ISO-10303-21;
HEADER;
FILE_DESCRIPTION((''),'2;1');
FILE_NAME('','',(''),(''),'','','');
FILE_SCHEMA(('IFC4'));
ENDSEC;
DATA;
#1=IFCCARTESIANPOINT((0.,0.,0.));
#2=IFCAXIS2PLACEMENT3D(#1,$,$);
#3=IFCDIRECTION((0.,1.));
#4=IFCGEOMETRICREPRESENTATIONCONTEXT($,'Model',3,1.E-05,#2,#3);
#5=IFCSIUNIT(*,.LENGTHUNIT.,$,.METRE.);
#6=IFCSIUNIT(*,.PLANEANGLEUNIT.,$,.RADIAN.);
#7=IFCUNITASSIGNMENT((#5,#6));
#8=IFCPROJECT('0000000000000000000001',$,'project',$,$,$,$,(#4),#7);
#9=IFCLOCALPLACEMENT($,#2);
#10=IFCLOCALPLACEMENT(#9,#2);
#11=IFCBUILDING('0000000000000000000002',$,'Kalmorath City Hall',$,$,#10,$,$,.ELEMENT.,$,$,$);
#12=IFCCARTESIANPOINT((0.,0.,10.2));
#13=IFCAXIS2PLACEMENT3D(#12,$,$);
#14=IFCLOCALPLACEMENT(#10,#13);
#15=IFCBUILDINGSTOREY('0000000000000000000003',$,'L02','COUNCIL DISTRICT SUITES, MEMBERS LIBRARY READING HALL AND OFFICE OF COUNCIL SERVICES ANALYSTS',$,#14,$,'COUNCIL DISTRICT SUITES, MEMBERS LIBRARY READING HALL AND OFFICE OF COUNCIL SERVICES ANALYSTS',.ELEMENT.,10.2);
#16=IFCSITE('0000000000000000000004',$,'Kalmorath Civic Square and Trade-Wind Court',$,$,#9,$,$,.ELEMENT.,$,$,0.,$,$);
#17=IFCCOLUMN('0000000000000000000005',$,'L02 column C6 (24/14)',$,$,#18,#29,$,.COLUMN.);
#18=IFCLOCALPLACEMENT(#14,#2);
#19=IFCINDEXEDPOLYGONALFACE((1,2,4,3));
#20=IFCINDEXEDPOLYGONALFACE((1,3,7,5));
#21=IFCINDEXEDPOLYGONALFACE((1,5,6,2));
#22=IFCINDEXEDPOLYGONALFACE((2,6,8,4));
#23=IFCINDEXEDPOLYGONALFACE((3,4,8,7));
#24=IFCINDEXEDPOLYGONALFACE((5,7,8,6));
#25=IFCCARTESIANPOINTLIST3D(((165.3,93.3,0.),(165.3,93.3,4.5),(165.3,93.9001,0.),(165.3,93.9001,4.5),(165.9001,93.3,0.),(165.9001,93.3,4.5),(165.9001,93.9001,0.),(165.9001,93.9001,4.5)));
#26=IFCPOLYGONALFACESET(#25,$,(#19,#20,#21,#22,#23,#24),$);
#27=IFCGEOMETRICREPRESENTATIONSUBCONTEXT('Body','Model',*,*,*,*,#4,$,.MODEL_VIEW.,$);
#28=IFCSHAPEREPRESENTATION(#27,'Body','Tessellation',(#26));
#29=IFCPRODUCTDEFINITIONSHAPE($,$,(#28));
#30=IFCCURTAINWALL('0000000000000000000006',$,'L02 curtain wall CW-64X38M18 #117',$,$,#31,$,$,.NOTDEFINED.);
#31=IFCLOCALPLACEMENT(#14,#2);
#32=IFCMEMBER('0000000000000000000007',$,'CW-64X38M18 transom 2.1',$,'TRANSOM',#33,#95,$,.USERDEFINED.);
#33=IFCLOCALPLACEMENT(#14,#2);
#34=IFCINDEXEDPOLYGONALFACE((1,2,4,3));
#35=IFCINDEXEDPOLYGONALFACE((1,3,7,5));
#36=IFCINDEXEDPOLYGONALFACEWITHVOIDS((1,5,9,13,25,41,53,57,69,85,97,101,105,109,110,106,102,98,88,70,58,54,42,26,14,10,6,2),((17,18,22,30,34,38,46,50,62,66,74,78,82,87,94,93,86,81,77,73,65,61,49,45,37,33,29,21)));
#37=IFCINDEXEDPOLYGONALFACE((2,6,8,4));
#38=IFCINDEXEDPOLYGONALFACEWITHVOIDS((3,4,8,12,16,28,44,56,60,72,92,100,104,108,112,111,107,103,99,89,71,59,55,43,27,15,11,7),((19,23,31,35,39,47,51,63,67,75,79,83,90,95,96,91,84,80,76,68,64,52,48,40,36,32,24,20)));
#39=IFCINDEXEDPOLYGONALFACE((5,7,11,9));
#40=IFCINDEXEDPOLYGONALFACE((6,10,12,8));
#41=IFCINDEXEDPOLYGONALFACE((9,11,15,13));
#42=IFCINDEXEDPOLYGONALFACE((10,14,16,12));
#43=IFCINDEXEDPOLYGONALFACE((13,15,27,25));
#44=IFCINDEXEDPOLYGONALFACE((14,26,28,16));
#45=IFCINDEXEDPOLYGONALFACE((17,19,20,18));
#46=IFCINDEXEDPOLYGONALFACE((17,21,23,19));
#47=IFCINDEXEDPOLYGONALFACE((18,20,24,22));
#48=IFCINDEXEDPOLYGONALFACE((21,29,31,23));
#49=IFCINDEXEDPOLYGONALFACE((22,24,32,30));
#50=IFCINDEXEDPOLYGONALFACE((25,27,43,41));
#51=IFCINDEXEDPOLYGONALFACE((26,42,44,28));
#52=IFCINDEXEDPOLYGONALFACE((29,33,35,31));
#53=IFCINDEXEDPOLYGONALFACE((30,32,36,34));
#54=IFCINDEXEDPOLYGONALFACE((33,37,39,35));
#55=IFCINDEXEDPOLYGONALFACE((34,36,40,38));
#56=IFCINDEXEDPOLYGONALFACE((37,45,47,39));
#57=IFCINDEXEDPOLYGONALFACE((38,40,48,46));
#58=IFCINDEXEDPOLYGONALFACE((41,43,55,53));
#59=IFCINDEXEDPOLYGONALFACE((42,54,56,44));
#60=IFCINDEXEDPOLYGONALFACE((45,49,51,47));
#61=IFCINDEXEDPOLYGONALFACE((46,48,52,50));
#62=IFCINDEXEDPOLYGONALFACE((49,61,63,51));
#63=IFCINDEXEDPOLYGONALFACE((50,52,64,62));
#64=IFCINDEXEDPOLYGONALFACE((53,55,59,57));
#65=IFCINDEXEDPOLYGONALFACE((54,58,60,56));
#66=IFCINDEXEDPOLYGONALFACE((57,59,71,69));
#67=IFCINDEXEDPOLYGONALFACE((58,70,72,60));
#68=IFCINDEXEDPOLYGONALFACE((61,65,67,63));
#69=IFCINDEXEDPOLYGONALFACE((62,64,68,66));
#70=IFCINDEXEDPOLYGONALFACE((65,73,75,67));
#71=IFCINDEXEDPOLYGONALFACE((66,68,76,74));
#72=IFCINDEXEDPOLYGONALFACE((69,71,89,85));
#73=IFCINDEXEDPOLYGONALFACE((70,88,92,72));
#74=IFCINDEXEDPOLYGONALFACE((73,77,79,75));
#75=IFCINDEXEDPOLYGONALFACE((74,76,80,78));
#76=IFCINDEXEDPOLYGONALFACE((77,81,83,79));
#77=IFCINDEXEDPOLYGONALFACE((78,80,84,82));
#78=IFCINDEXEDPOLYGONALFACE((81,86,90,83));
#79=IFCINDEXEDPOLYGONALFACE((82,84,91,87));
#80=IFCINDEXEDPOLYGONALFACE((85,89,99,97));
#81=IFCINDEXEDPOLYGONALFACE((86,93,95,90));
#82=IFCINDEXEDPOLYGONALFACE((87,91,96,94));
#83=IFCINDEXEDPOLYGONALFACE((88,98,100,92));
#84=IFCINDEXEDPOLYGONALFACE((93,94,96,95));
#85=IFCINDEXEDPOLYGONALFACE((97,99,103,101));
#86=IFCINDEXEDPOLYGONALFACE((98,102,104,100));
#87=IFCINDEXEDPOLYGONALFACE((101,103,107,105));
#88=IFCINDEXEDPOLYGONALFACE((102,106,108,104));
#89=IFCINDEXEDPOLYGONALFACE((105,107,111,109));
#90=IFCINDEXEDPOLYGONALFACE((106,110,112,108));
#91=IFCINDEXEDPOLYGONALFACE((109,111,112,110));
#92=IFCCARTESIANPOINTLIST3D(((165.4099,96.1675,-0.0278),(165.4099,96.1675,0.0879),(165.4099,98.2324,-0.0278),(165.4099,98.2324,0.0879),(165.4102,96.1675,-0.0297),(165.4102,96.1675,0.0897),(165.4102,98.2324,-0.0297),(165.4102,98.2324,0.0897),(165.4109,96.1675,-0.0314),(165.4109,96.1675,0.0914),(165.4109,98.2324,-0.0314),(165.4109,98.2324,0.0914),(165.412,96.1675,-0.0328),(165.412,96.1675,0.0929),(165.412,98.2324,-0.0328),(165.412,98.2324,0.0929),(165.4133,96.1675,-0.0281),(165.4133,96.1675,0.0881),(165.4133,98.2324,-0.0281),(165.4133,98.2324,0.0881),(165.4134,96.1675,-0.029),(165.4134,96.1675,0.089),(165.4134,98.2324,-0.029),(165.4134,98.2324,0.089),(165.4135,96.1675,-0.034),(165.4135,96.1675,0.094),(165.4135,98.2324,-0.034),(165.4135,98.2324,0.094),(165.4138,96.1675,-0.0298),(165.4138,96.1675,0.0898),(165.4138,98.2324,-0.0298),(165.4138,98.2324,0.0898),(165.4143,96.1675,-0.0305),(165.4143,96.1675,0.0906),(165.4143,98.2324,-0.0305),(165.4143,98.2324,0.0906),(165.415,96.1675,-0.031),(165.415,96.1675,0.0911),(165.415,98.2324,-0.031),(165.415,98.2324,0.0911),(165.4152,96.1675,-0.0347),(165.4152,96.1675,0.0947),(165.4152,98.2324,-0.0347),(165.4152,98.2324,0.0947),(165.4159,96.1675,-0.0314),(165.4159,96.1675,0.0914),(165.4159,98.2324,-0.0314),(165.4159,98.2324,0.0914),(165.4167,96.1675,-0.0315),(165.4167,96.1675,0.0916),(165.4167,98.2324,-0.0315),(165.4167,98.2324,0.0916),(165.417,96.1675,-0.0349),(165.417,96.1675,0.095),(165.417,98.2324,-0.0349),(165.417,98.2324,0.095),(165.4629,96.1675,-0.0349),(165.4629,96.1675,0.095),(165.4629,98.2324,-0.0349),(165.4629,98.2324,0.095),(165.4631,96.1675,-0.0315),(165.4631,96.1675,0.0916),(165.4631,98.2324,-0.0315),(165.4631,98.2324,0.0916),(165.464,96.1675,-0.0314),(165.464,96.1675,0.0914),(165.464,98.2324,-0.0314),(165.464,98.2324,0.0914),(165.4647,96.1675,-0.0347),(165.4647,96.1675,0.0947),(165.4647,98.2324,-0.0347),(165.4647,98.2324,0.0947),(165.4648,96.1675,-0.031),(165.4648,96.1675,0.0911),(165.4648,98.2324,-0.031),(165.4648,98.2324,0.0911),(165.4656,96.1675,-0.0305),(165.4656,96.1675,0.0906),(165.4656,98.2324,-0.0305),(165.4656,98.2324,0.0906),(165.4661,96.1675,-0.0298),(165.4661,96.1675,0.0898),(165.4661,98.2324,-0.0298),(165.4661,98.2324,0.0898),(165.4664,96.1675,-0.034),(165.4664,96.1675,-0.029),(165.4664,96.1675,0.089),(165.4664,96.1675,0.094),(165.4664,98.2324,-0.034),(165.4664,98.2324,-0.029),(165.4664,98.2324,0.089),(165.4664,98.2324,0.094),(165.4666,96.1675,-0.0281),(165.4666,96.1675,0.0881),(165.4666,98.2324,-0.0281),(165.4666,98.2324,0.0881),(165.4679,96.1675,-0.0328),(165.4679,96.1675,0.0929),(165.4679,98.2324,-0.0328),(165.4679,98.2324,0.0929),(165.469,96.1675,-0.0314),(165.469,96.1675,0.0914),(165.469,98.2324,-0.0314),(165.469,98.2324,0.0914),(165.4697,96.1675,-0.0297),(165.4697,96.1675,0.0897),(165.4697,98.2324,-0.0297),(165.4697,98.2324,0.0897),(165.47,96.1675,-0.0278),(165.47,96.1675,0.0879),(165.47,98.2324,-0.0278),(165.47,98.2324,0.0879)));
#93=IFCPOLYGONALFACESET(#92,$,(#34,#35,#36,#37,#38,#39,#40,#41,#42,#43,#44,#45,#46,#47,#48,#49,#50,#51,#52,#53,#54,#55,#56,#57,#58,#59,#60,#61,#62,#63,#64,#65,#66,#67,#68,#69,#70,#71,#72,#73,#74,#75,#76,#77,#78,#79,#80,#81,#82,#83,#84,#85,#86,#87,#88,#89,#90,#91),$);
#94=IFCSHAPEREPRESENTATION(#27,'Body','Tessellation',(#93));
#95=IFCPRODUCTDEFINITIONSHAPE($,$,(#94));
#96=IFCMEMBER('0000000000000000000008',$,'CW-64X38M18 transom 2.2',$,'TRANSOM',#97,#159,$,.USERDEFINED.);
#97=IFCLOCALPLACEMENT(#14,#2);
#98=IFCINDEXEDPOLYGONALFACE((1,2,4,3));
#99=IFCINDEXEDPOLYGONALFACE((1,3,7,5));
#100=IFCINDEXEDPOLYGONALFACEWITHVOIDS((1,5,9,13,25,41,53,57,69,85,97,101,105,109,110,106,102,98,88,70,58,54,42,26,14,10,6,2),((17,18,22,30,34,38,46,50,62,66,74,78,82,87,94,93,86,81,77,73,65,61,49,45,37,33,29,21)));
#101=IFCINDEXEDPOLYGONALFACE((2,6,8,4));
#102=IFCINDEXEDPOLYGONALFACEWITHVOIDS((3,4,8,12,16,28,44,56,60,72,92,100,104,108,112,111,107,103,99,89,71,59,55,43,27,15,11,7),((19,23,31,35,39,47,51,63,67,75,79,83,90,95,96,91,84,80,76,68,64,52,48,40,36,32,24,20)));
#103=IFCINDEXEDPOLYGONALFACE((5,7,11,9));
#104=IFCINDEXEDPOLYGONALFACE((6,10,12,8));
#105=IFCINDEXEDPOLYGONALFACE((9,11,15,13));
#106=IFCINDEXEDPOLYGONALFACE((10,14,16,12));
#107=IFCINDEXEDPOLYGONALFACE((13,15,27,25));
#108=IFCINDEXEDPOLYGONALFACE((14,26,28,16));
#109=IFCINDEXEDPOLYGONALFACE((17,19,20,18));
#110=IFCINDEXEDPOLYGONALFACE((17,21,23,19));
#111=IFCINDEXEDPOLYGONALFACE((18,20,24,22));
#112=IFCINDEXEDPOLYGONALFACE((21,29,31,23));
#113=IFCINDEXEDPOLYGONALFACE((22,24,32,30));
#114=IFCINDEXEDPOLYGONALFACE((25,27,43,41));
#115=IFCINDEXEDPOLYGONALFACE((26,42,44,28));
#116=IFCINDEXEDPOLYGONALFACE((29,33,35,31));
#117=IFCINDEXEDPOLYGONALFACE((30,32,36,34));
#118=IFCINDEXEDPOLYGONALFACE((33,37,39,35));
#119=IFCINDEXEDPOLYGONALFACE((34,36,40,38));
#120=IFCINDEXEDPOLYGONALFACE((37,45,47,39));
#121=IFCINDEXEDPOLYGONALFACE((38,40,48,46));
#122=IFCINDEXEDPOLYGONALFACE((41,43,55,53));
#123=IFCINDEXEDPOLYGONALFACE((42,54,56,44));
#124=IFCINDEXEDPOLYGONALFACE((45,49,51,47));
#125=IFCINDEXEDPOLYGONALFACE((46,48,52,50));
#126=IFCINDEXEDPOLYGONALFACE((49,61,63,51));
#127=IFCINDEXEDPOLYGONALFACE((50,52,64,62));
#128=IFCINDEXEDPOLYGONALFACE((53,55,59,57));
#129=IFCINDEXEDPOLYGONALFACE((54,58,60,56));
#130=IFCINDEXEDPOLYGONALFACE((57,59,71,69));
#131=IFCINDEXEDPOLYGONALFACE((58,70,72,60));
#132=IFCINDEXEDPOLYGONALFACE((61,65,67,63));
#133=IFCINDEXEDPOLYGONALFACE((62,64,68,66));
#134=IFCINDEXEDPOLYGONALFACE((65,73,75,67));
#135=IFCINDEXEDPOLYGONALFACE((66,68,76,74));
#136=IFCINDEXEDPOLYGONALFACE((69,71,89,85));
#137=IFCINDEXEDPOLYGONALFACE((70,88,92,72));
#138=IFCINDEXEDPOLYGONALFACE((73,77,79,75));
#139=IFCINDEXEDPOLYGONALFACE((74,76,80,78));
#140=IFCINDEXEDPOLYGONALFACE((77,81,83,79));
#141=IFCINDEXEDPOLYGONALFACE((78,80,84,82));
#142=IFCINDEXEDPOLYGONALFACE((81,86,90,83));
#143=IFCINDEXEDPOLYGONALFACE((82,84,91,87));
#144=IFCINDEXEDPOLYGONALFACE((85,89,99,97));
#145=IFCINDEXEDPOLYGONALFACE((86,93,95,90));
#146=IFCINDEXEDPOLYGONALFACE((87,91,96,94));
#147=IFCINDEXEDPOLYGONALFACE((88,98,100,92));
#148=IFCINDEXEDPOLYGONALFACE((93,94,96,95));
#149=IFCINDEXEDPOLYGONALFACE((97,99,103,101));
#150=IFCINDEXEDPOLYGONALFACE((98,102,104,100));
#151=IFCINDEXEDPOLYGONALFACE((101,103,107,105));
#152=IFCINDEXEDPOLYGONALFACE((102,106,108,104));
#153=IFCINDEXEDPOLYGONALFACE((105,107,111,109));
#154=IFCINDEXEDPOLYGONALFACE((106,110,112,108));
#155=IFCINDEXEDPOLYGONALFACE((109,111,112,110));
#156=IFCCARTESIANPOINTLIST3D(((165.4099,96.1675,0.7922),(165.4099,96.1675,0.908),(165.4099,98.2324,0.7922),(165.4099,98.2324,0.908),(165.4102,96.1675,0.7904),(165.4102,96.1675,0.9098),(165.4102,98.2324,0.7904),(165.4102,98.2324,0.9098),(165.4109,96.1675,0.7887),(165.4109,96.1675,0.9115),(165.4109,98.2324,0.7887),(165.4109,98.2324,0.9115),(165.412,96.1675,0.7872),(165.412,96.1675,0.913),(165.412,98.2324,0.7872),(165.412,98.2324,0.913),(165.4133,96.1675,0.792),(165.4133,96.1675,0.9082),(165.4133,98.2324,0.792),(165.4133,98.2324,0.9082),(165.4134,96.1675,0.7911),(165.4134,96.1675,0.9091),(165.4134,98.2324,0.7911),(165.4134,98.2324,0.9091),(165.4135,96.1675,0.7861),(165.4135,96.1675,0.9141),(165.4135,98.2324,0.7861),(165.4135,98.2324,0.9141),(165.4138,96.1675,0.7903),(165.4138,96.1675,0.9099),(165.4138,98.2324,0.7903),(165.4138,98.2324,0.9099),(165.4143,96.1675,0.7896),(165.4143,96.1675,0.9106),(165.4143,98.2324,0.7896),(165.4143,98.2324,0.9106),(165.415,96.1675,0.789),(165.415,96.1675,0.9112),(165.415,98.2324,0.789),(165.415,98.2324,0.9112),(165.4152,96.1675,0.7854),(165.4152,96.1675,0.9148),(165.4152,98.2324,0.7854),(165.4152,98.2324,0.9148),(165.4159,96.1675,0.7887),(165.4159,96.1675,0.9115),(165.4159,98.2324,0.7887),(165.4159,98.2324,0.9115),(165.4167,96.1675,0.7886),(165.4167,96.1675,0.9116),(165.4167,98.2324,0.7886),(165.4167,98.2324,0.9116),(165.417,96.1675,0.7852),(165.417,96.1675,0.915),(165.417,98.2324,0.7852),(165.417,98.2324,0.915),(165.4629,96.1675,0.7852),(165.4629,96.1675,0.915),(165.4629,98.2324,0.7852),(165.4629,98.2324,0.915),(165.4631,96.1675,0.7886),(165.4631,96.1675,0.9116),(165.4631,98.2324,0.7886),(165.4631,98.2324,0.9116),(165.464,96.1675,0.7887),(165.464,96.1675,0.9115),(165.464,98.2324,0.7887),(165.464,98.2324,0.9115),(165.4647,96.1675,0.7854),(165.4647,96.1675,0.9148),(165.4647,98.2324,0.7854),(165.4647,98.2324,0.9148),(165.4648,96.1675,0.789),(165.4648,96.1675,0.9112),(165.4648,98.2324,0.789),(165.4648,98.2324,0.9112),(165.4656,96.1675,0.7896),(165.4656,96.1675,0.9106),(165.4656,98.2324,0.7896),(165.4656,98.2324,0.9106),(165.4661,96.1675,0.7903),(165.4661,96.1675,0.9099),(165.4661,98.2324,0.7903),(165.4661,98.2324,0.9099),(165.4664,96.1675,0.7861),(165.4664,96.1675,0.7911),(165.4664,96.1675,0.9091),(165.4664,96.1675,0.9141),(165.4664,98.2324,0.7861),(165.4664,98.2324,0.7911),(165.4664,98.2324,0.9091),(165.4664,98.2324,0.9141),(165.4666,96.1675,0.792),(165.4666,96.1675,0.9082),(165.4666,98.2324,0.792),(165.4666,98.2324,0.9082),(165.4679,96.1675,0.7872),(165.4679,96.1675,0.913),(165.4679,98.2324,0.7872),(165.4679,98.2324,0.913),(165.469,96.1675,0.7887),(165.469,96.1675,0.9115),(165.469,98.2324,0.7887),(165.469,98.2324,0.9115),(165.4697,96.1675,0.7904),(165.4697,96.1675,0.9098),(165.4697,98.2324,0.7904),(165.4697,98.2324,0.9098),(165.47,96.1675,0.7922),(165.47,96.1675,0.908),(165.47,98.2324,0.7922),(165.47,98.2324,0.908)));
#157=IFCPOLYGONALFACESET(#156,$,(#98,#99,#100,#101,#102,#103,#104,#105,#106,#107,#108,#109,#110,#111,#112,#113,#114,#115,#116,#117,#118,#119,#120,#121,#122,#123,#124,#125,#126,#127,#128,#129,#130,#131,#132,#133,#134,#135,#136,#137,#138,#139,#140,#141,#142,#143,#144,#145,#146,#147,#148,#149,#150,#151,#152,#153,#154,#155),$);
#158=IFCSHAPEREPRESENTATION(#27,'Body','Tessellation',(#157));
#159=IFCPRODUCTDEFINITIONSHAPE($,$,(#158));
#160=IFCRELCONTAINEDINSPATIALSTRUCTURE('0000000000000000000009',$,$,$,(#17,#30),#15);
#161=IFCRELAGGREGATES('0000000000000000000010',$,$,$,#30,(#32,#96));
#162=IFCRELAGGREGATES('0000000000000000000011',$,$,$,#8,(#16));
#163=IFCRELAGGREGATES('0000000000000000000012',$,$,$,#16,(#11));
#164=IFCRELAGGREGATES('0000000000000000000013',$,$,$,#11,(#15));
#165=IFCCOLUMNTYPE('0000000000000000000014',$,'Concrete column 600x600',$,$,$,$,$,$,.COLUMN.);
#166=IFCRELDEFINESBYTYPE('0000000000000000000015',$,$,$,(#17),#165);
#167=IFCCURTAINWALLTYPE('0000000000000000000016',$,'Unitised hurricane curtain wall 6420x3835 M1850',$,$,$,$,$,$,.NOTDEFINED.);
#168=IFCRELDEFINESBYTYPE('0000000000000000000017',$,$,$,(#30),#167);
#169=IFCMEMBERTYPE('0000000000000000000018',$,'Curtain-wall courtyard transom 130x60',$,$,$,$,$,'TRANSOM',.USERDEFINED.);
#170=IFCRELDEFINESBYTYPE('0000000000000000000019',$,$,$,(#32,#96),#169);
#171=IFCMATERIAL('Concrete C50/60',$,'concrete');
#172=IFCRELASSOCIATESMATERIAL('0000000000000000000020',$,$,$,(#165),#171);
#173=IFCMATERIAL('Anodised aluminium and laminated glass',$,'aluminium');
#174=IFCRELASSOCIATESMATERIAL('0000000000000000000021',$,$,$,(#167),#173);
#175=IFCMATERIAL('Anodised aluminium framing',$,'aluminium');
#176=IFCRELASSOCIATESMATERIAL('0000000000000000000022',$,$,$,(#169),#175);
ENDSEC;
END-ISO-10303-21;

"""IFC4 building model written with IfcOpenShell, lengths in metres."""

from ifc_helpers import new_model, si_unit, direction, frame, origin, origin_2d, place, context, subcontext, project, spatial, rectangle, hollow_rectangle, extrude, material, material_profile, profile_set, type_object, element, aggregate, save


model = new_model("IFC4")

# Units and contexts
model_context = context("Model", 3, precision=1e-05, world=origin(), true_north=direction((0.0, 1.0)))
body_context = subcontext(model_context, "Body", "Model", "MODEL_VIEW")
ifc_project = project(units=[si_unit("LENGTHUNIT", "METRE"), si_unit("PLANEANGLEUNIT", "RADIAN")], contexts=[model_context])

# Site, building, storey
site_placement = place(None, origin())
site = spatial("IfcSite", under=ifc_project, at=site_placement, Name="Kalmorath Civic Square and Trade-Wind Court", CompositionType="ELEMENT", RefElevation=0.0)
building_placement = place(site_placement, origin())
building = spatial("IfcBuilding", under=site, at=building_placement, Name="Kalmorath City Hall", CompositionType="ELEMENT")
storey_placement = place(building_placement, frame((0.0, 0.0, 10.2)))
storey = spatial("IfcBuildingStorey", under=building, at=storey_placement, Name="L02", Description="COUNCIL DISTRICT SUITES, MEMBERS LIBRARY READING HALL AND OFFICE OF COUNCIL SERVICES ANALYSTS", LongName="COUNCIL DISTRICT SUITES, MEMBERS LIBRARY READING HALL AND OFFICE OF COUNCIL SERVICES ANALYSTS", CompositionType="ELEMENT", Elevation=10.2)

# Column
ifc_material_1 = material(Name="Concrete C50/60", Category="concrete")
ifc_material_profile_1 = material_profile(ifc_material_1, rectangle(XDim=0.6001, YDim=0.6001, at=origin_2d()), Name="RC-COL-600X600")
ifc_profile_set_1 = profile_set([ifc_material_profile_1], Name="Concrete C50/60")
column_type = type_object("IfcColumnType", Name="Concrete column 600x600", PredefinedType="COLUMN", material=ifc_profile_set_1)
column_placement = place(storey_placement, frame((165.6001, 93.6001, 0.0), z_axis=(0.0, 0.0, 1.0), x_axis=(1.0, 0.0, 0.0)))
element("IfcColumn", 1, at=column_placement, inside=storey, type_object=column_type, Name="L02 column C6 (24/14)", PredefinedType="COLUMN", context=body_context, shape_type="SweptSolid", body=[
    extrude(rectangle(XDim=0.6001, YDim=0.6001, at=origin_2d()), origin(), (0.0, 0.0, 1.0), 4.5),
])

# Curtain wall, members
ifc_material_2 = material(Name="Anodised aluminium and laminated glass", Category="aluminium")
curtain_wall_type = type_object("IfcCurtainWallType", Name="Unitised hurricane curtain wall 6420x3835 M1850", PredefinedType="NOTDEFINED", material=ifc_material_2)
curtain_wall_placement = place(storey_placement, origin())
curtain_wall = element("IfcCurtainWall", 2, at=curtain_wall_placement, inside=storey, type_object=curtain_wall_type, Name="L02 curtain wall CW-64X38M18 #117", PredefinedType="NOTDEFINED")
ifc_material_3 = material(Name="Anodised aluminium framing", Category="aluminium")
ifc_material_profile_2 = material_profile(ifc_material_3, hollow_rectangle(XDim=0.0601, YDim=0.1299, WallThickness=0.0034, InnerFilletRadius=0.0034, OuterFilletRadius=0.0071, at=origin_2d()), Name="ALU-TRN-130X60X3.5")
ifc_profile_set_2 = profile_set([ifc_material_profile_2], Name="Anodised aluminium framing")
member_type_1 = type_object("IfcMemberType", Name="Curtain-wall courtyard transom 130x60", ElementType="TRANSOM", PredefinedType="USERDEFINED", material=ifc_profile_set_2)
member_1_placement = place(storey_placement, frame((165.4399, 98.2324, 0.03), z_axis=(0.0, -1.0, 0.0), x_axis=(1.0, 0.0, 0.0)))
member_1 = element("IfcMember", 3, at=member_1_placement, type_object=member_type_1, Name="CW-64X38M18 transom 2.1", ObjectType="TRANSOM", PredefinedType="USERDEFINED", context=body_context, shape_type="SweptSolid", body=[
    extrude(hollow_rectangle(XDim=0.0601, YDim=0.1299, WallThickness=0.0034, InnerFilletRadius=0.0034, OuterFilletRadius=0.0071, at=origin_2d()), origin(), (0.0, 0.0, 1.0), 2.0649),
])
member_2_placement = place(storey_placement, frame((165.4399, 98.2324, 0.8501), z_axis=(0.0, -1.0, 0.0), x_axis=(1.0, 0.0, 0.0)))
member_2 = element("IfcMember", 4, at=member_2_placement, type_object=member_type_1, Name="CW-64X38M18 transom 2.2", ObjectType="TRANSOM", PredefinedType="USERDEFINED", context=body_context, shape_type="SweptSolid", body=[
    extrude(hollow_rectangle(XDim=0.0601, YDim=0.1299, WallThickness=0.0034, InnerFilletRadius=0.0034, OuterFilletRadius=0.0071, at=origin_2d()), origin(), (0.0, 0.0, 1.0), 2.0649),
])

aggregate(curtain_wall, [member_1, member_2])

save(model, "model.ifc")
